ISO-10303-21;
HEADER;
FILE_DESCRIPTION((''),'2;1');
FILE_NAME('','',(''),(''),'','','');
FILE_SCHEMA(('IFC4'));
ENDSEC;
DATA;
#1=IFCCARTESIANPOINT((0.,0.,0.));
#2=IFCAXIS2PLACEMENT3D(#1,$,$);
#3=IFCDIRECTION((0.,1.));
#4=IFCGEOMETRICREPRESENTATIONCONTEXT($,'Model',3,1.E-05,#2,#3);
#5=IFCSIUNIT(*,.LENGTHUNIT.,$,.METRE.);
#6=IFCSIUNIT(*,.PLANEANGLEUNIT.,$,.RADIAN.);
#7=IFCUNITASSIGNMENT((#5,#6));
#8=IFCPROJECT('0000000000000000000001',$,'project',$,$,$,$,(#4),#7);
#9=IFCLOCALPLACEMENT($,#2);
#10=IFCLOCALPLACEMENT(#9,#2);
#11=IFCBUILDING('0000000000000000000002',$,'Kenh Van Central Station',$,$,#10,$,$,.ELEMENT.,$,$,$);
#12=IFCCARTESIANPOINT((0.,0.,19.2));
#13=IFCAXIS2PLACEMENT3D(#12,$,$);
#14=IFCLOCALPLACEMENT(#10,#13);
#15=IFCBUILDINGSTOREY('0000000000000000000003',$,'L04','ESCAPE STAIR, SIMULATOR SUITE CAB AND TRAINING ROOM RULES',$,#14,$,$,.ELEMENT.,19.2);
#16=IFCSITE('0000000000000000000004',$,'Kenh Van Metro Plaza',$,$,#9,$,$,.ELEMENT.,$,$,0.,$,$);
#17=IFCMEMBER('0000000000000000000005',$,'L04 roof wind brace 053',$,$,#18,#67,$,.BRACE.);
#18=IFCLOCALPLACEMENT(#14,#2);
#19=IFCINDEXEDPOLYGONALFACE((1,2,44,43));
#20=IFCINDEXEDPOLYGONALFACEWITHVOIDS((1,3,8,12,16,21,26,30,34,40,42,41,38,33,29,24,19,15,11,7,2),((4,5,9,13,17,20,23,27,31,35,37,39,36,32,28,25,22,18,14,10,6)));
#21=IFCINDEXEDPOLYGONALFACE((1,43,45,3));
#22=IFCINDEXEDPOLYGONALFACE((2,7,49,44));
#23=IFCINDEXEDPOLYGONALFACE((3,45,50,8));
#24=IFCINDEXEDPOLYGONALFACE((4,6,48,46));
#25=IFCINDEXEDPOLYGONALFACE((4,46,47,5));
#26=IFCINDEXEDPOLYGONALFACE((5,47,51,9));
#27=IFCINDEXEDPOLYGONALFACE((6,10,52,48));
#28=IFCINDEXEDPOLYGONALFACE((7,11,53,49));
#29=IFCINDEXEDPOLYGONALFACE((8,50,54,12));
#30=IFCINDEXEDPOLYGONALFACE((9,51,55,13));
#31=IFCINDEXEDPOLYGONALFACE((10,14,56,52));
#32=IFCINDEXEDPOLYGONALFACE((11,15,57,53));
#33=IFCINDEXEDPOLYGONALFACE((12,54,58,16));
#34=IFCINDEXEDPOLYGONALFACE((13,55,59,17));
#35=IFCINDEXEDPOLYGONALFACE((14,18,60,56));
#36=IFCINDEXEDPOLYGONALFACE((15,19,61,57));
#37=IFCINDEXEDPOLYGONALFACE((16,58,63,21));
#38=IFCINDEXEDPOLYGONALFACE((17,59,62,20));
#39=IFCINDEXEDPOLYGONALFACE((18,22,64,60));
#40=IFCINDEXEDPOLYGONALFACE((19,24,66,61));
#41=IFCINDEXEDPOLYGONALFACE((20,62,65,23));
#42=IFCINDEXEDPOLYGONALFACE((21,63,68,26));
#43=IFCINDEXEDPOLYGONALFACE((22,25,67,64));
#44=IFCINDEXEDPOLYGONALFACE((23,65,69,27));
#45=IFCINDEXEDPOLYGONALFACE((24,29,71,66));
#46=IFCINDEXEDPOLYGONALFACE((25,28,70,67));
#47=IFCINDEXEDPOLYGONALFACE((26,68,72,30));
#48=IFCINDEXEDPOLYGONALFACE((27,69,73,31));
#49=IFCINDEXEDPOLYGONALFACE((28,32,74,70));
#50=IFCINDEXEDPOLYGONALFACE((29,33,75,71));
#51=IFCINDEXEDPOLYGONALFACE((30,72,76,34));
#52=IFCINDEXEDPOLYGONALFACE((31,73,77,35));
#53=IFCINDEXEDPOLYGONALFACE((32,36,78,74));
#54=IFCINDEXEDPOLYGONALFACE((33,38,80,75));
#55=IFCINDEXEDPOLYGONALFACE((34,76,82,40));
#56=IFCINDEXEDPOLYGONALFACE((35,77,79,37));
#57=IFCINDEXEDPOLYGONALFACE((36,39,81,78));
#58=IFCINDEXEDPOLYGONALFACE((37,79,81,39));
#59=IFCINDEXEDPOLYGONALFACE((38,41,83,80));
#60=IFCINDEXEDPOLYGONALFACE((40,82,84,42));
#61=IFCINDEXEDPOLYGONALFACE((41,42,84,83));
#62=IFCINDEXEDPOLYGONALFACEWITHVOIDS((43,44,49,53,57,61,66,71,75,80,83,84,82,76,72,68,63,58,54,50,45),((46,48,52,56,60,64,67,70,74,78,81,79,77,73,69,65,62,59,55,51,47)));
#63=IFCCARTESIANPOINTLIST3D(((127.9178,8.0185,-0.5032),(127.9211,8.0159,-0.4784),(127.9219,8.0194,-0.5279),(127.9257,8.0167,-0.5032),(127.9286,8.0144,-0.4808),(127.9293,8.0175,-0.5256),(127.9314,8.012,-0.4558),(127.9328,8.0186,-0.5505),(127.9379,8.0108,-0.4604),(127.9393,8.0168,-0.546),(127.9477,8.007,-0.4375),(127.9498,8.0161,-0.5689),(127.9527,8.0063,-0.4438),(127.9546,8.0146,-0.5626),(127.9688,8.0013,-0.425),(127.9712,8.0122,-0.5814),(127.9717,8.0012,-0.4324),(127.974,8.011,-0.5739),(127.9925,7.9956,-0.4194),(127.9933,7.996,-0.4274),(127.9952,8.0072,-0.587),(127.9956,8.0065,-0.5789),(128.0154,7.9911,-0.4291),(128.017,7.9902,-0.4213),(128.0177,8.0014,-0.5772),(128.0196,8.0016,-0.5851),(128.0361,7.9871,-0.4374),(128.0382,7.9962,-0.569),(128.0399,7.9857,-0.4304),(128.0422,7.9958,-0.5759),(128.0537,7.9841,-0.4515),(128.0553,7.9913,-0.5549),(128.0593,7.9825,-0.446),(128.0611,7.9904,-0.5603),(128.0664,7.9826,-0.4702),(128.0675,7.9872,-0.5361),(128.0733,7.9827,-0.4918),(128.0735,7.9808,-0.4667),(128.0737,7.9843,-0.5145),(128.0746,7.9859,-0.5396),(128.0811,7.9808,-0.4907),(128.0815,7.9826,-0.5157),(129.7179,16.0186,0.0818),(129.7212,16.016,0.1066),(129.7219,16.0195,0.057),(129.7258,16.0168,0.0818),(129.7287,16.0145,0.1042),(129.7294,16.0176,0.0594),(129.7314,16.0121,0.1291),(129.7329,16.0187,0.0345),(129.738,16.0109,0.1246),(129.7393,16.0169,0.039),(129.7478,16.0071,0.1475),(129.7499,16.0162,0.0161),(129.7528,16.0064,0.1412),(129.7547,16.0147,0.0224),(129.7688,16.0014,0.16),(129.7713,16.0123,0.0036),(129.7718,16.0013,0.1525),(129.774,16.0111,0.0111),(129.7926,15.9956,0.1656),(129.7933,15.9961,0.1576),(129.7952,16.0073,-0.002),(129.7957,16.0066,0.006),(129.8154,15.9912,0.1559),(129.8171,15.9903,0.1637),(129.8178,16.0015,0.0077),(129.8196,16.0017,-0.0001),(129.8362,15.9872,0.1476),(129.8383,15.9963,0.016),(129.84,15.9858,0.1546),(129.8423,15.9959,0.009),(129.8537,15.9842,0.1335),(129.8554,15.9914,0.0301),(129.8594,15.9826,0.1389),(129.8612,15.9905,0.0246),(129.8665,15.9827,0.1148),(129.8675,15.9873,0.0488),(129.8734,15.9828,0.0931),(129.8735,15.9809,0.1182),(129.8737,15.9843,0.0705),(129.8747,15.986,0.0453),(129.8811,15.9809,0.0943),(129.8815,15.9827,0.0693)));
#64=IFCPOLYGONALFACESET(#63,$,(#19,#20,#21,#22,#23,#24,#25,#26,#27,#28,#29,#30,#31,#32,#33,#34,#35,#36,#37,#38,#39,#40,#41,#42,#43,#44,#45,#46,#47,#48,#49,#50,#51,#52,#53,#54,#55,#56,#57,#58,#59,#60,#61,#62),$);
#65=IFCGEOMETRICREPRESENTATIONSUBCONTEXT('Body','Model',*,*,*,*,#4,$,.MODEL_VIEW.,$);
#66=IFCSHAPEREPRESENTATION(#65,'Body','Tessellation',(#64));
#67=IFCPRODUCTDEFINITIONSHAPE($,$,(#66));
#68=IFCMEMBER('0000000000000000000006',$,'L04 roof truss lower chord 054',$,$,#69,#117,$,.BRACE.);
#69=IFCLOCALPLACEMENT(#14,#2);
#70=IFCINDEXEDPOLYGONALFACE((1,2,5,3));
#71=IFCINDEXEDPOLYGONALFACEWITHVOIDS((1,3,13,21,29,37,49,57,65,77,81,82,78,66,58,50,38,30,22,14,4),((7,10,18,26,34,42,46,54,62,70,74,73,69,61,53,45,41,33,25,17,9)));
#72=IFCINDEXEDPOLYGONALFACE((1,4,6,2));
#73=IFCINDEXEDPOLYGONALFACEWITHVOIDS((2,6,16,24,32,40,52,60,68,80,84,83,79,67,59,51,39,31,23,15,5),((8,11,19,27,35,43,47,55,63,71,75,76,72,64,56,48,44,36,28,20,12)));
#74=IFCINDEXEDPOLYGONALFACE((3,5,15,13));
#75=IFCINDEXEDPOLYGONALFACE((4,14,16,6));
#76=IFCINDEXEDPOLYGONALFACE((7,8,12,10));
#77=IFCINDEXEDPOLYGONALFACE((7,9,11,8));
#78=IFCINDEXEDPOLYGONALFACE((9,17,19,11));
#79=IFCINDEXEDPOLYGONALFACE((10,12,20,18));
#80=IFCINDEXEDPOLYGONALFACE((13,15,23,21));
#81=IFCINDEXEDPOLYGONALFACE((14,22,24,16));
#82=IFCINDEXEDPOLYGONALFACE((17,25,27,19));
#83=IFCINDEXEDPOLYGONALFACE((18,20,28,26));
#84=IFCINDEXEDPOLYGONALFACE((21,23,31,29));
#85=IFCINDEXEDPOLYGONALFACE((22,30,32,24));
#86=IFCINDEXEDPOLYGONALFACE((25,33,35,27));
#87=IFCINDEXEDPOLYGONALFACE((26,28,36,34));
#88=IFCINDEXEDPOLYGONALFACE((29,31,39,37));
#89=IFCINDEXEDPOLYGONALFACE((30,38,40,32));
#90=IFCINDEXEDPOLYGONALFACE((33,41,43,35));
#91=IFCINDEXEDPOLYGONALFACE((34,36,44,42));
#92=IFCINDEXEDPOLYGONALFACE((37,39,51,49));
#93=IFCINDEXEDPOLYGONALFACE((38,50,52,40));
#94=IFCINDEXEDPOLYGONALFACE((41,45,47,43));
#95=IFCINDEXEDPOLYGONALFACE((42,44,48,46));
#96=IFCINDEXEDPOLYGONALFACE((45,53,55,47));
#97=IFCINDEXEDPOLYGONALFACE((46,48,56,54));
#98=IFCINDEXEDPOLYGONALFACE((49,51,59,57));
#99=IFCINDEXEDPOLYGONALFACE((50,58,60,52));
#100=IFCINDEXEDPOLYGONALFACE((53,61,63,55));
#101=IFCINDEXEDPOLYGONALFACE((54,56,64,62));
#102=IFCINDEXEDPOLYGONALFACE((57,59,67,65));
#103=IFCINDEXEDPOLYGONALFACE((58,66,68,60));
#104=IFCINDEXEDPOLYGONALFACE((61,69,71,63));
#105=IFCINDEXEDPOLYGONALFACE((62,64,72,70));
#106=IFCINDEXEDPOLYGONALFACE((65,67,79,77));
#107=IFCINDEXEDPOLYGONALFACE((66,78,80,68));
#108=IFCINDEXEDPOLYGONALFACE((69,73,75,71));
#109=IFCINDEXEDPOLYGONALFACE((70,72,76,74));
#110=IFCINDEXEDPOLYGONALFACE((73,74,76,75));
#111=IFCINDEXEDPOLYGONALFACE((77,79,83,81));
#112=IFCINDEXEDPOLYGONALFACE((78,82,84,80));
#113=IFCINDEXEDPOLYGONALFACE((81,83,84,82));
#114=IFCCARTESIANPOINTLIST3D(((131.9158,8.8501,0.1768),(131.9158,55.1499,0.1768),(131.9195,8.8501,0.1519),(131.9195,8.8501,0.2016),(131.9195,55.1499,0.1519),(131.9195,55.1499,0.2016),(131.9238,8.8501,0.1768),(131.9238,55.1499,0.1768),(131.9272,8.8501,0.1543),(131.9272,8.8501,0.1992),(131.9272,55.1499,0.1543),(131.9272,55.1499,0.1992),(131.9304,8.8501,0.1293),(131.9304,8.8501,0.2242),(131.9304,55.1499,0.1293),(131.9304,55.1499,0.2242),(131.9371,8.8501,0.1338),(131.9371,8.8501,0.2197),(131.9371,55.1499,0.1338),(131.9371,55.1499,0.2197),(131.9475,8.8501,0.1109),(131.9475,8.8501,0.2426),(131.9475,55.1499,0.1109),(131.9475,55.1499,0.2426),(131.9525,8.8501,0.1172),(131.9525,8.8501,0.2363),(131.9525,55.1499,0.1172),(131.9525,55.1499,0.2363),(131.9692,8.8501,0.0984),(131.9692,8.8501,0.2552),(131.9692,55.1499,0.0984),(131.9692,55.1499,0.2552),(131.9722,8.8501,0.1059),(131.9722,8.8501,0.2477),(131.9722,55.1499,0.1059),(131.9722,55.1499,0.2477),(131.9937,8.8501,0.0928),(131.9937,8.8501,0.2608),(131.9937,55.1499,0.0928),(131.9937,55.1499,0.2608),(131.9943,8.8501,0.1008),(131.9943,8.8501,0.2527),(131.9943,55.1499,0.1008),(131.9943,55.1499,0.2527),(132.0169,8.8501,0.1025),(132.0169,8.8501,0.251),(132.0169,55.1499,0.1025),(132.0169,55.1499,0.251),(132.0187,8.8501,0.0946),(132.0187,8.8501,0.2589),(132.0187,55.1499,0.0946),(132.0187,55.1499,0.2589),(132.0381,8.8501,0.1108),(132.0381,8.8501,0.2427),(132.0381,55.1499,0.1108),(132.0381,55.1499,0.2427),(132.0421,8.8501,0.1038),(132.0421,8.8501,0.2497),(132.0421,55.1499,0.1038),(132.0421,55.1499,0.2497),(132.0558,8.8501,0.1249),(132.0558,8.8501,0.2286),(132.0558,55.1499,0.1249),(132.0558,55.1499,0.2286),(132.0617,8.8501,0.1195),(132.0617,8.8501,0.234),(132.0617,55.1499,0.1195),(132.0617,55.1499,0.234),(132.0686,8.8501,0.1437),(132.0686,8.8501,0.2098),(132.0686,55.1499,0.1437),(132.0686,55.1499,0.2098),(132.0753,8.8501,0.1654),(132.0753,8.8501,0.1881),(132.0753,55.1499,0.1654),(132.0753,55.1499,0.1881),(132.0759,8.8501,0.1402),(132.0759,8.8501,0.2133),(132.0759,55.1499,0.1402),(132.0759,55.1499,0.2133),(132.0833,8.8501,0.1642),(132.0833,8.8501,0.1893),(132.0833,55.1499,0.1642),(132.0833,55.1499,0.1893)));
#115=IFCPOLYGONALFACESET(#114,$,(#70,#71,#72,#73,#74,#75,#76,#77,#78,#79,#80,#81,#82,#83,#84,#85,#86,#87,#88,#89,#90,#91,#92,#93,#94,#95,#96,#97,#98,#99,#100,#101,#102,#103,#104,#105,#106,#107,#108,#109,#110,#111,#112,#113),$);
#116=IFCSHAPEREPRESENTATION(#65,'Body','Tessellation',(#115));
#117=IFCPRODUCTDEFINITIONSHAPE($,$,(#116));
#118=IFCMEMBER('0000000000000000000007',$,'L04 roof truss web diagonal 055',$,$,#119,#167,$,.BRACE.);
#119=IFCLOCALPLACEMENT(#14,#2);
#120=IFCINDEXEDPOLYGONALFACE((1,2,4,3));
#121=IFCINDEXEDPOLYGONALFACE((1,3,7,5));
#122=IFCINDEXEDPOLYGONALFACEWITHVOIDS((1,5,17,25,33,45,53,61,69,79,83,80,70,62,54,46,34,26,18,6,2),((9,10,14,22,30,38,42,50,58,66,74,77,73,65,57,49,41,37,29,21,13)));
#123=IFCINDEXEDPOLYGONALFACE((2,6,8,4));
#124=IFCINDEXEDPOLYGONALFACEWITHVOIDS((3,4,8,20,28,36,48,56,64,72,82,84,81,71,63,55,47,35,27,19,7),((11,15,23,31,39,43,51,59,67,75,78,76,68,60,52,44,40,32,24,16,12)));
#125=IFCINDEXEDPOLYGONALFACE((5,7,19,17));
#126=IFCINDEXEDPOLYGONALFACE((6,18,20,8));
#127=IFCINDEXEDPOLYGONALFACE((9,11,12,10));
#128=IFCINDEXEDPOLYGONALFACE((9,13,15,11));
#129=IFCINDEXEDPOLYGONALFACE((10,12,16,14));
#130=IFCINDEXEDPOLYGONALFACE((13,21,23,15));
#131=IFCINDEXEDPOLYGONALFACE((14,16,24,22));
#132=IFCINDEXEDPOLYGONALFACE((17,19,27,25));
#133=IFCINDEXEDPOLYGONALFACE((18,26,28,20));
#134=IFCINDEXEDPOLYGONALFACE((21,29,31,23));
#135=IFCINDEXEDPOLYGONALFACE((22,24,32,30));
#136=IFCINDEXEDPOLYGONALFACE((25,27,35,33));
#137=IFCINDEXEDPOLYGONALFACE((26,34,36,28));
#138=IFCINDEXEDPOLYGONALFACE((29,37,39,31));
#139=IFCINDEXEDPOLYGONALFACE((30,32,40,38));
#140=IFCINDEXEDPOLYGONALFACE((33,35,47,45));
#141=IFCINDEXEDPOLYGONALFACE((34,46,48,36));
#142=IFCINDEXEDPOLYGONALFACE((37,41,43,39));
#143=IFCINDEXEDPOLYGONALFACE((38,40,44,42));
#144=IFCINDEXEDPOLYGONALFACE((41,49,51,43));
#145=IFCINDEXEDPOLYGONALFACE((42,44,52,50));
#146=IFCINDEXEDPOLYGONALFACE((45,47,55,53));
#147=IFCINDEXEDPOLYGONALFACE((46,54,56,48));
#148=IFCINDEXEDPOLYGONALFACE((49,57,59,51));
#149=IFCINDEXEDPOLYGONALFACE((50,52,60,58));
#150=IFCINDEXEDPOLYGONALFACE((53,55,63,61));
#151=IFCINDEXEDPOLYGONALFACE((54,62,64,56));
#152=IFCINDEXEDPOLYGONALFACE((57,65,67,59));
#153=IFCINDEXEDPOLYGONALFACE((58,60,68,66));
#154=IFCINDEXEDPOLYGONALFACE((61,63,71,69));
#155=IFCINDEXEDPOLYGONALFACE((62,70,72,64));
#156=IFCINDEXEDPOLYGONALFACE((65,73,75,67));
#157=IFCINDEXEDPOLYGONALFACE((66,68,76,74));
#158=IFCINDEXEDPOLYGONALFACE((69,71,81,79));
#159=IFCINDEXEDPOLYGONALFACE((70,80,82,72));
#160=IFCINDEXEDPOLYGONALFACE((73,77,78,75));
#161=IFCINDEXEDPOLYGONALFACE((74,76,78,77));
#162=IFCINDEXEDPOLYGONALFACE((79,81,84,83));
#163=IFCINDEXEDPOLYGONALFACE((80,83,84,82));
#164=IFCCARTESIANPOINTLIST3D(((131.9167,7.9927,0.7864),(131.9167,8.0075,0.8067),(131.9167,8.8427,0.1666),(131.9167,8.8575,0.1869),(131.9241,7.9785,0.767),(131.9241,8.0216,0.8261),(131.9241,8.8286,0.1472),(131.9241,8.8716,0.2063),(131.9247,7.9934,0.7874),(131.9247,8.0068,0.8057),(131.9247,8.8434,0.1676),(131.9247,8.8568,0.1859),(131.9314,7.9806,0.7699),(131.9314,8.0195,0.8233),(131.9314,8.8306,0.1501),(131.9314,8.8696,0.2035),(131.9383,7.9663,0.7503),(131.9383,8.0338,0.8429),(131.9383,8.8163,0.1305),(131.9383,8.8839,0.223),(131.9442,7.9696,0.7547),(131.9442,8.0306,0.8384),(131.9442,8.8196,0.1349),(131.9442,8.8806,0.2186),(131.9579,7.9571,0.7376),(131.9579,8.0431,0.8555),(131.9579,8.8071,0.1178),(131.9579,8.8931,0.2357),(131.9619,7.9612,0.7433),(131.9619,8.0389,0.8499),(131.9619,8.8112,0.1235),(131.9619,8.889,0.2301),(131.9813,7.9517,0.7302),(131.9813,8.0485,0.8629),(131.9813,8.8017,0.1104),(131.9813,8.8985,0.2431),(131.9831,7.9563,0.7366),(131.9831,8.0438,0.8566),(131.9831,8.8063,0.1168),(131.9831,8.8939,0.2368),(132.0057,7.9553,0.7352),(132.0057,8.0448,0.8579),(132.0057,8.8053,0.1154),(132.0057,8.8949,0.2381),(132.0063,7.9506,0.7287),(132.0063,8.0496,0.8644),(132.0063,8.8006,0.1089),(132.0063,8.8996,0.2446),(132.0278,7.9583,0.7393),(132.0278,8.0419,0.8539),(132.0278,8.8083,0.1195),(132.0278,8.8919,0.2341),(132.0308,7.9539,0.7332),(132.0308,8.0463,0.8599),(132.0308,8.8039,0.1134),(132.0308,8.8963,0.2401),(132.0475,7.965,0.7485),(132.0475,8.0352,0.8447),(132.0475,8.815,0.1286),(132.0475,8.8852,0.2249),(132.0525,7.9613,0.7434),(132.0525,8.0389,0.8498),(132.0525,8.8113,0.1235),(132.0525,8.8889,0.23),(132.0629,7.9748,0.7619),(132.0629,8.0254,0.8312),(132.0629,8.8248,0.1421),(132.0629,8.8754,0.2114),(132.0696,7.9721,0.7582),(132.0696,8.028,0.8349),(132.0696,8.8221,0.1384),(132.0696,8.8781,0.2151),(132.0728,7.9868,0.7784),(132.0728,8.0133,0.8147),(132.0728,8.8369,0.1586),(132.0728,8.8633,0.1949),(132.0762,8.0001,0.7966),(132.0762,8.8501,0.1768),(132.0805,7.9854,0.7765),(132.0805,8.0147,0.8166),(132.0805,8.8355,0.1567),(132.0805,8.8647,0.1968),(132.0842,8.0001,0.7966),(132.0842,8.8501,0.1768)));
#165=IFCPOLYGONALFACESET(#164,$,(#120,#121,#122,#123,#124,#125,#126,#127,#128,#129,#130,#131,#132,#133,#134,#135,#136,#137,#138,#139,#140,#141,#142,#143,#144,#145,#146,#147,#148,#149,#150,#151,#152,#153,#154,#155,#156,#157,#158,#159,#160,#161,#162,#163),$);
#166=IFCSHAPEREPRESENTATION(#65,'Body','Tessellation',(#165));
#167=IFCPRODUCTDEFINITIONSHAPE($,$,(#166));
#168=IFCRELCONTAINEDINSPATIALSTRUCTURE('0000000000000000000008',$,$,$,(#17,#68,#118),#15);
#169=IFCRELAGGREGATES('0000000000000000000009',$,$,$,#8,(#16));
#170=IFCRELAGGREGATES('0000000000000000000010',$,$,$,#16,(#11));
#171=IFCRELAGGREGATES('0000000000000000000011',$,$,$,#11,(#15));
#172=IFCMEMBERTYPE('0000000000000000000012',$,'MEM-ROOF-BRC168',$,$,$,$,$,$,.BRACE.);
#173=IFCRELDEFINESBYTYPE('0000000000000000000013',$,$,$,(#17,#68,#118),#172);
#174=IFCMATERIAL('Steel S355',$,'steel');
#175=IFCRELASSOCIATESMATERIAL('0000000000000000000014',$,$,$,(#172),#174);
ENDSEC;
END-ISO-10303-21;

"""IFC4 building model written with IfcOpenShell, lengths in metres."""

from ifc_helpers import new_model, si_unit, direction, frame, origin, origin_2d, place, context, subcontext, project, spatial, hollow_circle, extrude, material, material_profile, profile_set, type_object, element, save


model = new_model("IFC4")

# Units and contexts
model_context = context("Model", 3, precision=1e-05, world=origin(), true_north=direction((0.0, 1.0)))
body_context = subcontext(model_context, "Body", "Model", "MODEL_VIEW")
ifc_project = project(units=[si_unit("LENGTHUNIT", "METRE"), si_unit("PLANEANGLEUNIT", "RADIAN")], contexts=[model_context])

# Site, building, storey
site_placement = place(None, origin())
site = spatial("IfcSite", under=ifc_project, at=site_placement, Name="Kenh Van Metro Plaza", CompositionType="ELEMENT", RefElevation=0.0)
building_placement = place(site_placement, origin())
building = spatial("IfcBuilding", under=site, at=building_placement, Name="Kenh Van Central Station", CompositionType="ELEMENT")
storey_placement = place(building_placement, frame((0.0, 0.0, 19.2)))
storey = spatial("IfcBuildingStorey", under=building, at=storey_placement, Name="L04", Description="ESCAPE STAIR, SIMULATOR SUITE CAB AND TRAINING ROOM RULES", CompositionType="ELEMENT", Elevation=19.2)

# Shared definitions
ifc_material_1 = material(Name="Steel S355", Category="steel")

# Members
ifc_material_profile_1 = material_profile(ifc_material_1, hollow_circle(Radius=0.0842, WallThickness=0.0081, at=origin_2d()), Name="CHS 168.3x8")
ifc_profile_set_1 = profile_set([ifc_material_profile_1], Name="Steel S355")
member_type_1 = type_object("IfcMemberType", Name="MEM-ROOF-BRC168", PredefinedType="BRACE", material=ifc_profile_set_1)
member_1_placement = place(storey_placement, frame((128.0, 8.0, -0.5032), z_axis=(0.218961, 0.973136, 0.071156), x_axis=(-0.975608, 0.219518, 0.0)))
element("IfcMember", 1, at=member_1_placement, inside=storey, type_object=member_type_1, Name="L04 roof wind brace 053", PredefinedType="BRACE", context=body_context, shape_type="SweptSolid", body=[
    extrude(hollow_circle(Radius=0.0842, WallThickness=0.0081, at=origin_2d()), origin(), (0.0, 0.0, 1.0), 8.2209),
])
member_2_placement = place(storey_placement, frame((132.0, 8.8501, 0.1768), z_axis=(0.0, 1.0, 0.0), x_axis=(-1.0, 0.0, 0.0)))
element("IfcMember", 2, at=member_2_placement, inside=storey, type_object=member_type_1, Name="L04 roof truss lower chord 054", PredefinedType="BRACE", context=body_context, shape_type="SweptSolid", body=[
    extrude(hollow_circle(Radius=0.0842, WallThickness=0.0081, at=origin_2d()), origin(), (0.0, 0.0, 1.0), 46.2998),
])
for number, where, z_axis, x_axis, name in (
    (3, (132.0, 8.8501, 0.1768), (0.0, -0.808003, 0.589178), (1.0, 0.0, 0.0), "L04 roof truss web diagonal 055"),
):
    element("IfcMember", number, at=place(storey_placement, frame(where, z_axis=z_axis, x_axis=x_axis)), inside=storey, type_object=member_type_1, Name=name, PredefinedType="BRACE", context=body_context, shape_type="SweptSolid", body=[
        extrude(hollow_circle(Radius=0.0842, WallThickness=0.0081, at=origin_2d()), origin(), (0.0, 0.0, 1.0), 1.052),
    ])

save(model, "model.ifc")
